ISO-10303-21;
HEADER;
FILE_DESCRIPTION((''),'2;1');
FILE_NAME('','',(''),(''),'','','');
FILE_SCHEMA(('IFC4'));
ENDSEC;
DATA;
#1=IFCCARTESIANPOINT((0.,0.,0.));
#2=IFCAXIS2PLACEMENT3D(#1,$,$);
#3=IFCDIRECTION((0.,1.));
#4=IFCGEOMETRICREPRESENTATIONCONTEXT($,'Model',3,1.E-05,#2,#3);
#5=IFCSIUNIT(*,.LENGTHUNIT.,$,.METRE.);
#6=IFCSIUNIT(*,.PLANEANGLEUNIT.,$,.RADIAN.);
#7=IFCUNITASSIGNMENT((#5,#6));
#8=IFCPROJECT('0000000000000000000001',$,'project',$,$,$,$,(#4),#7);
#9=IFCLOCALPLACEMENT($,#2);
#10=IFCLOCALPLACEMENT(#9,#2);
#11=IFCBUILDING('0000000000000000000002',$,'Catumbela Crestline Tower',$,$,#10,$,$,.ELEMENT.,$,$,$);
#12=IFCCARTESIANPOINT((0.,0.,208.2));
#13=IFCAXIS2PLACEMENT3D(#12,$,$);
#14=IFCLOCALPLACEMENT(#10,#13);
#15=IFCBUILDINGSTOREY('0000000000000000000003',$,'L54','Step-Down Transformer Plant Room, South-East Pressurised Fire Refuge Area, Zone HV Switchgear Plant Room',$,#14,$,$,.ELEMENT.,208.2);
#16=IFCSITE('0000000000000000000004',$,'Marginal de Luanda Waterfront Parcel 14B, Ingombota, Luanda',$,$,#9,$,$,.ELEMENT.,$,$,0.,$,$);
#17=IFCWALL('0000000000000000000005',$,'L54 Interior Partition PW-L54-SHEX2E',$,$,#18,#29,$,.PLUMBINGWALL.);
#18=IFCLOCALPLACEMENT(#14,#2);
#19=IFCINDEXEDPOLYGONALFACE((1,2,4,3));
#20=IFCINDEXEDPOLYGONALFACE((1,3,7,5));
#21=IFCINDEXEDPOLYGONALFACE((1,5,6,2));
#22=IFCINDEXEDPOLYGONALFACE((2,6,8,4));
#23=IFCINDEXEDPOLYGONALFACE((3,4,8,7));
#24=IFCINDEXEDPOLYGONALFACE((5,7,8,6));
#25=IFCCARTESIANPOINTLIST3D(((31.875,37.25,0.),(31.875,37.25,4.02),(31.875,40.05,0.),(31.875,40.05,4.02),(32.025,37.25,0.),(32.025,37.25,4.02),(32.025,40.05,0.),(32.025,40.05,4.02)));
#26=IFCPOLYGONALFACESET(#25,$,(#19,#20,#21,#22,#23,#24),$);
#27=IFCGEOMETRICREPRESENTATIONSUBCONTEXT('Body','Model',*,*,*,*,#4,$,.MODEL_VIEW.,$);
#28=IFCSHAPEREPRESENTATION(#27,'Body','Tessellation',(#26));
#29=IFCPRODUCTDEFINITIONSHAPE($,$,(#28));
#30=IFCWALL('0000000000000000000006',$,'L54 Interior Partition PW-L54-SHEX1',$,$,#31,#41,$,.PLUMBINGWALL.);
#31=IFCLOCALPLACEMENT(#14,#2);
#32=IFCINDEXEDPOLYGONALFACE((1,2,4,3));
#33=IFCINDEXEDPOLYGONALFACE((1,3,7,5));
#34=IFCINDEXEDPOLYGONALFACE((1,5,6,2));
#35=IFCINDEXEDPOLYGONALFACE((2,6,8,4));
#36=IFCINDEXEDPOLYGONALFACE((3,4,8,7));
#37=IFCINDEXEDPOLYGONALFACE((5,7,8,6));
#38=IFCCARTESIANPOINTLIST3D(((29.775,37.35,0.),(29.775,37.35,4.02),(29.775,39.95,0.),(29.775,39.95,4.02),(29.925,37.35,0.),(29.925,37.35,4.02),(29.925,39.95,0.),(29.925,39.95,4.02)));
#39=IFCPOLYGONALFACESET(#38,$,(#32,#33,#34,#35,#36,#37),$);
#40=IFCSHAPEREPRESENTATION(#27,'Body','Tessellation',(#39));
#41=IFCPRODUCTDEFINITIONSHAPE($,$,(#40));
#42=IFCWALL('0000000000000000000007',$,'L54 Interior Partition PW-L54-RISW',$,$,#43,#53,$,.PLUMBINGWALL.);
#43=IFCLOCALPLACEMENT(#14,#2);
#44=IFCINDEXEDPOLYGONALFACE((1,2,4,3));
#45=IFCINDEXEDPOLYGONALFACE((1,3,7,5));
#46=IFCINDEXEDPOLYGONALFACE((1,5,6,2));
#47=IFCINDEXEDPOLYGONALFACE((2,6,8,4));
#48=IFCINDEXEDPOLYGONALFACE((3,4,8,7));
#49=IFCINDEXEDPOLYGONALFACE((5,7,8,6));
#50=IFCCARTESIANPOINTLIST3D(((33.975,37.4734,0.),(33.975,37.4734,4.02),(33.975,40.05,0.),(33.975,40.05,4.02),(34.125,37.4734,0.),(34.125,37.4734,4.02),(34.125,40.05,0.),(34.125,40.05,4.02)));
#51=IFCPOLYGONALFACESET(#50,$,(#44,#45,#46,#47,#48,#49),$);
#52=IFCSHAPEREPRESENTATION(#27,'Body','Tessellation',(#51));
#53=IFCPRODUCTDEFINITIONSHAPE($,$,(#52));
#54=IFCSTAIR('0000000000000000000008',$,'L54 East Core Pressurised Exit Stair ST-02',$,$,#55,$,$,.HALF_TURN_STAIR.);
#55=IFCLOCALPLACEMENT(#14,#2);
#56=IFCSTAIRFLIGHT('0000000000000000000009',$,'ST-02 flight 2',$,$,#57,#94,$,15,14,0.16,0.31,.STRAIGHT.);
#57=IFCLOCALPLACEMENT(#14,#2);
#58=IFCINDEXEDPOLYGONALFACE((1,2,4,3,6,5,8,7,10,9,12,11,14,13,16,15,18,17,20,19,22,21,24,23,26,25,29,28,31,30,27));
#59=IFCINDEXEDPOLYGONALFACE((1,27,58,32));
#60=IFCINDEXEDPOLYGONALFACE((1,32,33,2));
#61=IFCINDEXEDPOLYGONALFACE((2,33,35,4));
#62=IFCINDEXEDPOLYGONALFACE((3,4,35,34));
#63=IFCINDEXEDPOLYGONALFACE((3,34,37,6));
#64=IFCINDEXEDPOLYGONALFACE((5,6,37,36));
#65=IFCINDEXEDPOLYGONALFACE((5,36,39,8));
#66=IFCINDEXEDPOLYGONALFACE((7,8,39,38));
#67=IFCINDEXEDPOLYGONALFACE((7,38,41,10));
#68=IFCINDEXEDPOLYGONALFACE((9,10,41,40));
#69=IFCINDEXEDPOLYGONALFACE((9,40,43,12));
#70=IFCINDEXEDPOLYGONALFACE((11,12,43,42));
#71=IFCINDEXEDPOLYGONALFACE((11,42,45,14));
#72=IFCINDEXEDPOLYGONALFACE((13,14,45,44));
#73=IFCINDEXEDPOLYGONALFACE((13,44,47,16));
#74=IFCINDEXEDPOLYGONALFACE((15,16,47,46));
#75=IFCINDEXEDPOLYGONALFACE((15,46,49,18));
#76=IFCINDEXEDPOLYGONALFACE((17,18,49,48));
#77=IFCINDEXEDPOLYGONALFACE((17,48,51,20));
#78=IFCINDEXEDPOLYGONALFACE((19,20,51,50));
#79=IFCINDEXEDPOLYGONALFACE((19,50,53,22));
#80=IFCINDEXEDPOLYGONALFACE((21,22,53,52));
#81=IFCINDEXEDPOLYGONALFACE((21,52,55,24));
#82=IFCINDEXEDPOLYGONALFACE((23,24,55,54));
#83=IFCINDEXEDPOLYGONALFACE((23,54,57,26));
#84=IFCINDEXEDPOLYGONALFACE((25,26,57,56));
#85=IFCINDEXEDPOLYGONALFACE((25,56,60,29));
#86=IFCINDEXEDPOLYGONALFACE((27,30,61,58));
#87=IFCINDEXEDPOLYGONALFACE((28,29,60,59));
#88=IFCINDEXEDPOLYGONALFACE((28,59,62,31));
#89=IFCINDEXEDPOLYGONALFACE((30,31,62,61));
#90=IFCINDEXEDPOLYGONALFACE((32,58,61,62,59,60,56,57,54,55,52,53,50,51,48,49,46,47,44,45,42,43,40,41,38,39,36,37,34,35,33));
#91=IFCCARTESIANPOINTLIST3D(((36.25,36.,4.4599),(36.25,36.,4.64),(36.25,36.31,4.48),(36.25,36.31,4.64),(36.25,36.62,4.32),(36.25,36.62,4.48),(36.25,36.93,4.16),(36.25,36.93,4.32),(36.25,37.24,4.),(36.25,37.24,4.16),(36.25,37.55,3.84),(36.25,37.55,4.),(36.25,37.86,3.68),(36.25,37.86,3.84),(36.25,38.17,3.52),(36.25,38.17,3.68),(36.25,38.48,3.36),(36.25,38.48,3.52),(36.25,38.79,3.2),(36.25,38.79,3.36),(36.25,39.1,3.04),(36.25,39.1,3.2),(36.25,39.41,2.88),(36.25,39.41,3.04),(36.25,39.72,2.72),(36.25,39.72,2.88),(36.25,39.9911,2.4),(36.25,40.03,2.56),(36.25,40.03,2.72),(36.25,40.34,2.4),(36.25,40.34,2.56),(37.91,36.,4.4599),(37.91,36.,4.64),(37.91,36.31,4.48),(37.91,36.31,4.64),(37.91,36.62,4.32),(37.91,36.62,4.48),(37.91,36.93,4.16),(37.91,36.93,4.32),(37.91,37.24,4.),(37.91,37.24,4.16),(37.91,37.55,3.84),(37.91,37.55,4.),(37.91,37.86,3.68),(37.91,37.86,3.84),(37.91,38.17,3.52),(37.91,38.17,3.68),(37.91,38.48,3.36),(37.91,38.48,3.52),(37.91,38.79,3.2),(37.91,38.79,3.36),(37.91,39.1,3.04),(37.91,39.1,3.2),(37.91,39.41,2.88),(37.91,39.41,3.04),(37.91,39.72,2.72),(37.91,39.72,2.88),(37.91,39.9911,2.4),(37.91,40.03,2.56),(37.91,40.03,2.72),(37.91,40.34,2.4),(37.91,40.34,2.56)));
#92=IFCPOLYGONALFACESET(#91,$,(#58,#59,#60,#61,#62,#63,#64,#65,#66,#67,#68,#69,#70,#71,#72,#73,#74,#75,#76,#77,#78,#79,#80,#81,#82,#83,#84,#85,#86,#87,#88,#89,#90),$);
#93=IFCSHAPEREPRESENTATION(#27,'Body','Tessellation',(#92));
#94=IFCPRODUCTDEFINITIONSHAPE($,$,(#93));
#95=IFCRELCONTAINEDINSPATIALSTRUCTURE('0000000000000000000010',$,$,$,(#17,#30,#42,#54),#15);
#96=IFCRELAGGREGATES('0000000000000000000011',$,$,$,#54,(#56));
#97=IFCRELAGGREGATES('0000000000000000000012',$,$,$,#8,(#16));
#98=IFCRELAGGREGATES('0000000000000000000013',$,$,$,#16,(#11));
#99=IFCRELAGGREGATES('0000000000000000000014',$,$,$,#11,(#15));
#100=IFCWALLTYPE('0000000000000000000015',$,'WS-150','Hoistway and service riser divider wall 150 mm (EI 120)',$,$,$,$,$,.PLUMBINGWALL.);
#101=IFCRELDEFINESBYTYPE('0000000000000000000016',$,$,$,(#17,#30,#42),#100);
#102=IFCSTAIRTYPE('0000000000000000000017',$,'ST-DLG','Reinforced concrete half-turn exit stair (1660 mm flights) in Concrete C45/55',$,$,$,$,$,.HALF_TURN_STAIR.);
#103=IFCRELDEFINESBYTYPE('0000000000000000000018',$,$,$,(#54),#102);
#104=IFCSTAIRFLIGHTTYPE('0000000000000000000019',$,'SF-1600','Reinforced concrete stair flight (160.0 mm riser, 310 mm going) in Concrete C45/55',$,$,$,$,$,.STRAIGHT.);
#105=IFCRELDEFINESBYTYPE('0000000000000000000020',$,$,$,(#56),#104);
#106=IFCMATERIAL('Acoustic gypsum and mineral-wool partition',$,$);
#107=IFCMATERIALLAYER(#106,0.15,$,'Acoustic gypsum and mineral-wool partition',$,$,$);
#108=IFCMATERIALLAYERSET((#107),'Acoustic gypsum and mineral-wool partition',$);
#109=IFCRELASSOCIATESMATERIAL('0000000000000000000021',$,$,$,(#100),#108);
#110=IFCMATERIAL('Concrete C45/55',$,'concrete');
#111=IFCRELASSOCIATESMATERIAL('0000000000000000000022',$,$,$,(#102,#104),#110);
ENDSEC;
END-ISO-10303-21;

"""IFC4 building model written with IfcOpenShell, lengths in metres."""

from ifc_helpers import new_model, si_unit, direction, frame, frame_2d, origin, place, context, subcontext, project, spatial, polyline, rectangle, outline, extrude, material, layer, layer_set, type_object, element, aggregate, save


model = new_model("IFC4")

# Units and contexts
model_context = context("Model", 3, precision=1e-05, world=origin(), true_north=direction((0.0, 1.0)))
body_context = subcontext(model_context, "Body", "Model", "MODEL_VIEW")
ifc_project = project(units=[si_unit("LENGTHUNIT", "METRE"), si_unit("PLANEANGLEUNIT", "RADIAN")], contexts=[model_context])

# Site, building, storey
site_placement = place(None, origin())
site = spatial("IfcSite", under=ifc_project, at=site_placement, Name="Marginal de Luanda Waterfront Parcel 14B, Ingombota, Luanda", CompositionType="ELEMENT", RefElevation=0.0)
building_placement = place(site_placement, origin())
building = spatial("IfcBuilding", under=site, at=building_placement, Name="Catumbela Crestline Tower", CompositionType="ELEMENT")
storey_placement = place(building_placement, frame((0.0, 0.0, 208.2)))
storey = spatial("IfcBuildingStorey", under=building, at=storey_placement, Name="L54", Description="Step-Down Transformer Plant Room, South-East Pressurised Fire Refuge Area, Zone HV Switchgear Plant Room", CompositionType="ELEMENT", Elevation=208.2)

# Shared definitions
ifc_material_1 = material(Name="Acoustic gypsum and mineral-wool partition")

# Walls
ifc_layer_1 = layer(ifc_material_1, 0.15, Name="Acoustic gypsum and mineral-wool partition")
ifc_layer_set_1 = layer_set([ifc_layer_1], Name="Acoustic gypsum and mineral-wool partition")
wall_type_1 = type_object("IfcWallType", Name="WS-150", Description="Hoistway and service riser divider wall 150 mm (EI 120)", PredefinedType="PLUMBINGWALL", material=ifc_layer_set_1)
wall_1_placement = place(storey_placement, frame((31.95, 37.25, 0.0), z_axis=(0.0, 0.0, 1.0), x_axis=(0.0, 1.0, 0.0)))
element("IfcWall", 1, at=wall_1_placement, inside=storey, type_object=wall_type_1, Name="L54 Interior Partition PW-L54-SHEX2E", PredefinedType="PLUMBINGWALL", context=body_context, shape_type="SweptSolid", body=[
    extrude(rectangle(XDim=2.8, YDim=0.15, at=frame_2d((1.4, 0.0))), origin(), (0.0, 0.0, 1.0), 4.02),
])
wall_2_placement = place(storey_placement, frame((29.85, 37.35, 0.0), z_axis=(0.0, 0.0, 1.0), x_axis=(0.0, 1.0, 0.0)))
element("IfcWall", 2, at=wall_2_placement, inside=storey, type_object=wall_type_1, Name="L54 Interior Partition PW-L54-SHEX1", PredefinedType="PLUMBINGWALL", context=body_context, shape_type="SweptSolid", body=[
    extrude(rectangle(XDim=2.6, YDim=0.15, at=frame_2d((1.3, 0.0))), origin(), (0.0, 0.0, 1.0), 4.02),
])
wall_3_placement = place(storey_placement, frame((34.05, 37.4734, 0.0), z_axis=(0.0, 0.0, 1.0), x_axis=(0.0, 1.0, 0.0)))
element("IfcWall", 3, at=wall_3_placement, inside=storey, type_object=wall_type_1, Name="L54 Interior Partition PW-L54-RISW", PredefinedType="PLUMBINGWALL", context=body_context, shape_type="SweptSolid", body=[
    extrude(rectangle(XDim=2.5766, YDim=0.15, at=frame_2d((1.2883, 0.0))), origin(), (0.0, 0.0, 1.0), 4.02),
])

# Stair, stair flight
ifc_material_2 = material(Name="Concrete C45/55", Category="concrete")
stair_type = type_object("IfcStairType", Name="ST-DLG", Description="Reinforced concrete half-turn exit stair (1660 mm flights) in Concrete C45/55", PredefinedType="HALF_TURN_STAIR", material=ifc_material_2)
stair_placement = place(storey_placement, origin())
stair = element("IfcStair", 4, at=stair_placement, inside=storey, type_object=stair_type, Name="L54 East Core Pressurised Exit Stair ST-02", PredefinedType="HALF_TURN_STAIR")
stair_flight_type = type_object("IfcStairFlightType", Name="SF-1600", Description="Reinforced concrete stair flight (160.0 mm riser, 310 mm going) in Concrete C45/55", PredefinedType="STRAIGHT", material=ifc_material_2)
stair_flight_placement = place(storey_placement, frame((37.08, 40.34, 2.4), z_axis=(0.0, 0.0, 1.0), x_axis=(0.0, -1.0, 0.0)))
stair_flight = element("IfcStairFlight", 5, at=stair_flight_placement, type_object=stair_flight_type, Name="ST-02 flight 2", NumberOfRisers=15, NumberOfTreads=14, PredefinedType="STRAIGHT", RiserHeight=0.16, TreadLength=0.31, context=body_context, shape_type="SweptSolid", body=[
    extrude(outline(polyline([(0.0, 0.0), (0.0, 0.16), (0.31, 0.16), (0.31, 0.32), (0.62, 0.32), (0.62, 0.48), (0.93, 0.48), (0.93, 0.64), (1.24, 0.64), (1.24, 0.8), (1.55, 0.8), (1.55, 0.96), (1.86, 0.96), (1.86, 1.12), (2.17, 1.12), (2.17, 1.28), (2.48, 1.28), (2.48, 1.44), (2.79, 1.44), (2.79, 1.6), (3.1, 1.6), (3.1, 1.76), (3.41, 1.76), (3.41, 1.92), (3.72, 1.92), (3.72, 2.08), (4.03, 2.08), (4.03, 2.24), (4.34, 2.24), (4.34, 2.4), (4.34, 2.0599), (0.3489, 0.0), (0.0, 0.0)])), frame((0.0, 0.83, 0.0), z_axis=(0.0, -1.0, 0.0), x_axis=(1.0, 0.0, 0.0)), (0.0, 0.0, 1.0), 1.66),
])
aggregate(stair, [stair_flight])

save(model, "model.ifc")
